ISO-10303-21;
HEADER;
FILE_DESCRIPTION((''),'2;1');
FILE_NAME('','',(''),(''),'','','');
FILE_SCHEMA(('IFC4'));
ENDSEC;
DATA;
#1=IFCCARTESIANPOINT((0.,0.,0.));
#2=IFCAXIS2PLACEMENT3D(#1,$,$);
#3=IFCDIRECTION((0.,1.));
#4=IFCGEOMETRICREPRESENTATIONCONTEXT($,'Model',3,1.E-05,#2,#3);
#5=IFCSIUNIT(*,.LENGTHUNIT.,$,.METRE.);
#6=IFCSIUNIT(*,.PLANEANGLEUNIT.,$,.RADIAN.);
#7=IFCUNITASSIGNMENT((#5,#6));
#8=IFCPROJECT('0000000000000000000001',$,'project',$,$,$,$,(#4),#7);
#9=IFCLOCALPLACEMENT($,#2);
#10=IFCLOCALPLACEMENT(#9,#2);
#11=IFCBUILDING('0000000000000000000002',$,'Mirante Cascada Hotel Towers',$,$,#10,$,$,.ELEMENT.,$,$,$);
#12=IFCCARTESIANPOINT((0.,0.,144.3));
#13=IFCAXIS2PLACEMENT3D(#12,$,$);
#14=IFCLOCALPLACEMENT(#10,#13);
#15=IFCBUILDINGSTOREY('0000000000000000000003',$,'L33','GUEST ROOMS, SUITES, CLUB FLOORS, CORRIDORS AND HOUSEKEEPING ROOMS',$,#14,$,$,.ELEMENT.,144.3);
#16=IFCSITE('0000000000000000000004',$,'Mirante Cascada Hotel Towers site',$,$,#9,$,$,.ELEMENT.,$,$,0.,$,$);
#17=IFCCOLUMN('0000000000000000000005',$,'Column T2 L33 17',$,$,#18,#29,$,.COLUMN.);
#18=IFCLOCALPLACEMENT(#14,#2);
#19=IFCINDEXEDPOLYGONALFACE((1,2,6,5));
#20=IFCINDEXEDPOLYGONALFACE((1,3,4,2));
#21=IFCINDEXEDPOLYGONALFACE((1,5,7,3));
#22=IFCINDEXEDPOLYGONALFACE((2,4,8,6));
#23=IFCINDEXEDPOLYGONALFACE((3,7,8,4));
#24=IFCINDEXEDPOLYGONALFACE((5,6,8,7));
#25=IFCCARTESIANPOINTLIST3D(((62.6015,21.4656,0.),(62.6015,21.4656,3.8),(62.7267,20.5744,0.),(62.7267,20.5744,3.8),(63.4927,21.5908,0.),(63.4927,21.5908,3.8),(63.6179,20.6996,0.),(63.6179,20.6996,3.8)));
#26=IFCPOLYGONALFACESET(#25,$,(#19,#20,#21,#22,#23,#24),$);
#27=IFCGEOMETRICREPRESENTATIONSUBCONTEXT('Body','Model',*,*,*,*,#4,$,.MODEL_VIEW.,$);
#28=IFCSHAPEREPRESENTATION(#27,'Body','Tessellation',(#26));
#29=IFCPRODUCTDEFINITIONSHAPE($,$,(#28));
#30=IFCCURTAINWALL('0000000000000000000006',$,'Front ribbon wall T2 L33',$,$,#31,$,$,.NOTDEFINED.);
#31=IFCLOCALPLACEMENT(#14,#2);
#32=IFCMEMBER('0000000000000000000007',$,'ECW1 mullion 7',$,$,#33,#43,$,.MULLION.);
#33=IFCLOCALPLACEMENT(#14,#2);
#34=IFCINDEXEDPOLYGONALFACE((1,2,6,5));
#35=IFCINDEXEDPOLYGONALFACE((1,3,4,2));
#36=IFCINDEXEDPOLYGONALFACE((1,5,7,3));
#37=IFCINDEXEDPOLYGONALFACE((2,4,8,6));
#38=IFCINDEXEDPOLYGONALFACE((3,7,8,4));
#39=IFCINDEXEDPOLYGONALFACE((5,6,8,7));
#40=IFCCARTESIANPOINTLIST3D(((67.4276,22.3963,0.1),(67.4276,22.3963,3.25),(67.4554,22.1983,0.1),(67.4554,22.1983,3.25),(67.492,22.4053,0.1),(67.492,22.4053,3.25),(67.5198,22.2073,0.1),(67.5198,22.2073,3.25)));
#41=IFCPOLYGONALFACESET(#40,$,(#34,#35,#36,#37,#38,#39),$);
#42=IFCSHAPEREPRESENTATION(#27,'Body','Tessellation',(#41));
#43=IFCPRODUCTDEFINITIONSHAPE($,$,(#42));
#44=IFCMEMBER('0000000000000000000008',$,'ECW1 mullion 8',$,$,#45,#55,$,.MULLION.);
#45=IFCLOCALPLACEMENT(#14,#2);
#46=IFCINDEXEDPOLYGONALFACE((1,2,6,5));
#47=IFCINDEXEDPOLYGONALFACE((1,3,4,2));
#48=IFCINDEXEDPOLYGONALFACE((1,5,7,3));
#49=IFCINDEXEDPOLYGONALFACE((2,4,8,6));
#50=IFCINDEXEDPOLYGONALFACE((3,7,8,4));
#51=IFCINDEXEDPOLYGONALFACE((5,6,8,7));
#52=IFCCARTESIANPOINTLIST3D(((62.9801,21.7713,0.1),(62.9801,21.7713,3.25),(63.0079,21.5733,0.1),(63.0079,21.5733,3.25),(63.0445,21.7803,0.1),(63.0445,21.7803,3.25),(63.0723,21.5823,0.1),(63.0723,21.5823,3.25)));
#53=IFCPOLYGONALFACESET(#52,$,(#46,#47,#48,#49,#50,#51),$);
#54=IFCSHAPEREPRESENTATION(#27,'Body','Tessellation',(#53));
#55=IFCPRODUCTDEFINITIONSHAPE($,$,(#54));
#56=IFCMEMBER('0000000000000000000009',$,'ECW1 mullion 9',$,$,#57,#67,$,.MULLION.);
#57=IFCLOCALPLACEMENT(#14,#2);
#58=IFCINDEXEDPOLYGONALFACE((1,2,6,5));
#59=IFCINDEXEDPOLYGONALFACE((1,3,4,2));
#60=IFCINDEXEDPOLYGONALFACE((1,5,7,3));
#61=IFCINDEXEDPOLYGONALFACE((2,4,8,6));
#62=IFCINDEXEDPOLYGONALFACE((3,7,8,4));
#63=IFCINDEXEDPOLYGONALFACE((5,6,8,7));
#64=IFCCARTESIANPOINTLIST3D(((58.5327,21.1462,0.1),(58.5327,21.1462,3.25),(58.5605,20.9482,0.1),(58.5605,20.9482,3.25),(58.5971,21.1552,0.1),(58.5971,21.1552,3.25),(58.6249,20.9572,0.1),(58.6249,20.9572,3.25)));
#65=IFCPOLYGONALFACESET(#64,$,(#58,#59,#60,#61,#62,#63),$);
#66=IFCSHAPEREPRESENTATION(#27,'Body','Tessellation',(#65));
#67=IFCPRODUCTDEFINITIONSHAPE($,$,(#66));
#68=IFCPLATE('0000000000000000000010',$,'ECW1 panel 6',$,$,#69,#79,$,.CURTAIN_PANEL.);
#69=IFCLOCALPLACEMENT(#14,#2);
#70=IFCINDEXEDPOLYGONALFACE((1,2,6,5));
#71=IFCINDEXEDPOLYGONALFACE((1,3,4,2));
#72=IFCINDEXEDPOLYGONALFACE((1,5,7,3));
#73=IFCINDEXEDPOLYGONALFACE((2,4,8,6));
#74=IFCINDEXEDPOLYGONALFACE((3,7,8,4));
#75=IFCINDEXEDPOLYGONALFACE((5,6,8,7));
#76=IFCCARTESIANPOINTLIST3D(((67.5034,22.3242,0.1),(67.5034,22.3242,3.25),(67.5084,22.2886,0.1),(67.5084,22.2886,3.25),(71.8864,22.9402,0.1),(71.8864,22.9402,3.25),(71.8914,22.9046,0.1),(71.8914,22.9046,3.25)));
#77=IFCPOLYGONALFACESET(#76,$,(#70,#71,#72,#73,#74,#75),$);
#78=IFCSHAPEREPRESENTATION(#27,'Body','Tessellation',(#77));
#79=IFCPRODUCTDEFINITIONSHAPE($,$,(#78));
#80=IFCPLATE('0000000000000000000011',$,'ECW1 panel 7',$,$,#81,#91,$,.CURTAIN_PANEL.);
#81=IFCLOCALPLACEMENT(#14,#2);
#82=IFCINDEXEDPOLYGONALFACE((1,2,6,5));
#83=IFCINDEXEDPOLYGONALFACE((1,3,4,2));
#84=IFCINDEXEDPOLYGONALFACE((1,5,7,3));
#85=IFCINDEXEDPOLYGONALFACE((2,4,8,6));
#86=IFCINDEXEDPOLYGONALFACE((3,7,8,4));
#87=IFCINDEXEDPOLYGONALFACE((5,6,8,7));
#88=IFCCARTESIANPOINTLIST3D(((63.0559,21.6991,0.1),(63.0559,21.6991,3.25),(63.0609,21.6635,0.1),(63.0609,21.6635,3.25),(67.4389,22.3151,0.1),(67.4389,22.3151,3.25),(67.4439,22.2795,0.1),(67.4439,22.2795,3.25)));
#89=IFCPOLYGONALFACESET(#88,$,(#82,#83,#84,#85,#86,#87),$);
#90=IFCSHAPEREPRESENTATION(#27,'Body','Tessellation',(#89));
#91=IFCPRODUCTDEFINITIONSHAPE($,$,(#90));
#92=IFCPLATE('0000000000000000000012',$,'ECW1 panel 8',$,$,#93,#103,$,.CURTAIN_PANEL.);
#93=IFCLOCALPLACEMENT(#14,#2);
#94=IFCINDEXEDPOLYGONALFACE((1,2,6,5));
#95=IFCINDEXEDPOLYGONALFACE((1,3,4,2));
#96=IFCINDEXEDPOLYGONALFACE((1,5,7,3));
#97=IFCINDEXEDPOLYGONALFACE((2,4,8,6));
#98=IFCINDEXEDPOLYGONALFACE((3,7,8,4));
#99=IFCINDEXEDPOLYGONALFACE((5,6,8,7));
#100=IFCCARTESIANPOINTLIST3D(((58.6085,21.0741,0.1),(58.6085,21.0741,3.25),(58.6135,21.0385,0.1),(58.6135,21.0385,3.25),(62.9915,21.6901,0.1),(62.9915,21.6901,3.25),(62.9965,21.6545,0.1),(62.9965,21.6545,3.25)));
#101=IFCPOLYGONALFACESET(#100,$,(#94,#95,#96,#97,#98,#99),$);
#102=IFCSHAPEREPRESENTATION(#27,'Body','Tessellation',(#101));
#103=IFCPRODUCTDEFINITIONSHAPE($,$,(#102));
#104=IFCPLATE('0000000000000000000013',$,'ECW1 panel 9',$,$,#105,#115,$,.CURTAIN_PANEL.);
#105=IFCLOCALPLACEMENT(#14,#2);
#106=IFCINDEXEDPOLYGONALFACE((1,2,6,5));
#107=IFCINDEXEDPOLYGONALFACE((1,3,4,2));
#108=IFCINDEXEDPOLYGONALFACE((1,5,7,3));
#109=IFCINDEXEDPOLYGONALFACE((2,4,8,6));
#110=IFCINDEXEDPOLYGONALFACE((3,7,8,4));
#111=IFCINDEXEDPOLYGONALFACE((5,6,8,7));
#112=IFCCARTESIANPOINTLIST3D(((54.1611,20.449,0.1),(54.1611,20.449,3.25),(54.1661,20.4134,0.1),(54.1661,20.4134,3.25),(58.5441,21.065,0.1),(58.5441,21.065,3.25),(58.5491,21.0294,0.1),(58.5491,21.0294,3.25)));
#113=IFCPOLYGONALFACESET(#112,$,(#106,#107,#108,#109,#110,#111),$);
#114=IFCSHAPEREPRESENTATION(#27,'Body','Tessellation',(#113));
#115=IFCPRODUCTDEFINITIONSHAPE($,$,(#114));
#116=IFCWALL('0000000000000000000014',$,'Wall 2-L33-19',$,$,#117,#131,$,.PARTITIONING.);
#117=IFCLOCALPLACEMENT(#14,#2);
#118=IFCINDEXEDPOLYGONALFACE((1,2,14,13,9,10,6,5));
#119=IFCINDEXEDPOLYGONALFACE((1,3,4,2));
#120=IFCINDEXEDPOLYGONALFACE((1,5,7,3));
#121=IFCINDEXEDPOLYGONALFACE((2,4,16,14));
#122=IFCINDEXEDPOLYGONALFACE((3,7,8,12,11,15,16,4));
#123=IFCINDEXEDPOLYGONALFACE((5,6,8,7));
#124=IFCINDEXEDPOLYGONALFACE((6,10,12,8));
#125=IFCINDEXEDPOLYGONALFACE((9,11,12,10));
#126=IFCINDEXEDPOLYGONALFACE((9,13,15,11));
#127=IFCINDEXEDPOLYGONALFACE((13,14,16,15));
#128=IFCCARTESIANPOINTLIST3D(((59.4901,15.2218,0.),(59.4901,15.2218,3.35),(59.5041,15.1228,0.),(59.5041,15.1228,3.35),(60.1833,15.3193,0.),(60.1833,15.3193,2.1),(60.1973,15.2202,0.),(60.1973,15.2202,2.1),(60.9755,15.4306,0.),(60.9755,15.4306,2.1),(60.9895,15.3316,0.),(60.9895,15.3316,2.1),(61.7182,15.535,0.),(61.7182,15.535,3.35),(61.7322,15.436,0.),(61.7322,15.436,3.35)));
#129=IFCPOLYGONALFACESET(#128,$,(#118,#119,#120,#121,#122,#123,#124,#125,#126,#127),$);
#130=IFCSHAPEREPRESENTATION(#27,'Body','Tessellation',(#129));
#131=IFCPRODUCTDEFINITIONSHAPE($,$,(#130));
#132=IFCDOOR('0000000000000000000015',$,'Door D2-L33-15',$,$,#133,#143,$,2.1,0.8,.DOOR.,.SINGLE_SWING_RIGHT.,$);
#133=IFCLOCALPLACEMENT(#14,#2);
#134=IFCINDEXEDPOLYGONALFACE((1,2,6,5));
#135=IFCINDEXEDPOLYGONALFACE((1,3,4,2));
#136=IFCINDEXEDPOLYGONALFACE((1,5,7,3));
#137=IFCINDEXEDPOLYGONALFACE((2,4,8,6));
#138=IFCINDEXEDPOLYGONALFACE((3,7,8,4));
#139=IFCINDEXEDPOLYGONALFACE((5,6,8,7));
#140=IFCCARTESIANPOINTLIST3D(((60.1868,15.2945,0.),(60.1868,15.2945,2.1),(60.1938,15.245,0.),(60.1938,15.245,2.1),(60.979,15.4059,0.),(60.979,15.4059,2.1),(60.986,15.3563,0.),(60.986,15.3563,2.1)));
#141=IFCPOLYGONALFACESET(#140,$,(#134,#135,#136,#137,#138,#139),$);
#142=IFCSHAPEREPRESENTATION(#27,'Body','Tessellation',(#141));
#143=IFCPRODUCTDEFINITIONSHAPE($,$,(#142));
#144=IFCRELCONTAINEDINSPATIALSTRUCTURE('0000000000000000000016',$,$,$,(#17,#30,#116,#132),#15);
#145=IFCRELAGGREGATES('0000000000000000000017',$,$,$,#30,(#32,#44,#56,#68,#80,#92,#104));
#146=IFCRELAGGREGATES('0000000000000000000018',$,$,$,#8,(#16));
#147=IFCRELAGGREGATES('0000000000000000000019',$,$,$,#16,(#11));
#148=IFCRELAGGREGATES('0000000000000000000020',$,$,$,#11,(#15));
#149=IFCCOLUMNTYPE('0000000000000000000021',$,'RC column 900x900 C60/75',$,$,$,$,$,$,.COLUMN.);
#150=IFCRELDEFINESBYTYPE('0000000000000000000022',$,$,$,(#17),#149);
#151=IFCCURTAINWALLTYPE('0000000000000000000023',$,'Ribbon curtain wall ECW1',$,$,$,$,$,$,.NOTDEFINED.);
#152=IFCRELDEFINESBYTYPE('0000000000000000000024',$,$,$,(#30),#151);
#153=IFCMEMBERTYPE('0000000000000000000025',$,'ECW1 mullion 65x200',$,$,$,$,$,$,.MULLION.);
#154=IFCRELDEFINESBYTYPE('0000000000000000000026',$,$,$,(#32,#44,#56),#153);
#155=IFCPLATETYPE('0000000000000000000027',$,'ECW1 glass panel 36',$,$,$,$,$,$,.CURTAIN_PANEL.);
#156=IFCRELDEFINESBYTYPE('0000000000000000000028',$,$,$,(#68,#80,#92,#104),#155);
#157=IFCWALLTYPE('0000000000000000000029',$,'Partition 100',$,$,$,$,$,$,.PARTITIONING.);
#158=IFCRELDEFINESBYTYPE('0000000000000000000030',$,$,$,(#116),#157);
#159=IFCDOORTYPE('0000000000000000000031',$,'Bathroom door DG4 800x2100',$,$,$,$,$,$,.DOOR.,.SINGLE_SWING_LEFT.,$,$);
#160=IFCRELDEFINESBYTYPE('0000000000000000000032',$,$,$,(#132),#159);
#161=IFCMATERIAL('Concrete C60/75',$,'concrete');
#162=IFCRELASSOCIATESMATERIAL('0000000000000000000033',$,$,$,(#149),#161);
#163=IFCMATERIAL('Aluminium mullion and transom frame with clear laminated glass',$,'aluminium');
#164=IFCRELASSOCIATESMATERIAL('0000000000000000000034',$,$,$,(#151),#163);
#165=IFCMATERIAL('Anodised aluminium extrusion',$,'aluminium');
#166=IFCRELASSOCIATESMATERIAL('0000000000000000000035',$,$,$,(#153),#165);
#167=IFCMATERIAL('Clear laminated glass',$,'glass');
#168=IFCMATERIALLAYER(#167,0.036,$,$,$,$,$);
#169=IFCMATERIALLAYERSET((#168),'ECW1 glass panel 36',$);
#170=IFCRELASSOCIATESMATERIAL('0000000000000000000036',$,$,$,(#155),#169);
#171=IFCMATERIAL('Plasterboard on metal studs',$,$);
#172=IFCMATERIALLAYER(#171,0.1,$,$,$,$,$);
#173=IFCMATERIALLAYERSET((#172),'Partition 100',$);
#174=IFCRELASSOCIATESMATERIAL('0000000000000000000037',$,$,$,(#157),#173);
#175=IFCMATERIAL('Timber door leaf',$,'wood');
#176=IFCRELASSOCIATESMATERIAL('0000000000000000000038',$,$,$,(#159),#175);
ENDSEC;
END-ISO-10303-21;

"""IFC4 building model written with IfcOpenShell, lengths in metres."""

from ifc_helpers import new_model, si_unit, direction, frame, frame_2d, origin, origin_2d, place, context, subcontext, project, spatial, rectangle, extrude, material, layer, layer_set, material_profile, profile_set, type_object, element, fill, aggregate, save


model = new_model("IFC4")

# Units and contexts
model_context = context("Model", 3, precision=1e-05, world=origin(), true_north=direction((0.0, 1.0)))
body_context = subcontext(model_context, "Body", "Model", "MODEL_VIEW")
ifc_project = project(units=[si_unit("LENGTHUNIT", "METRE"), si_unit("PLANEANGLEUNIT", "RADIAN")], contexts=[model_context])

# Site, building, storey
site_placement = place(None, origin())
site = spatial("IfcSite", under=ifc_project, at=site_placement, Name="Mirante Cascada Hotel Towers site", CompositionType="ELEMENT", RefElevation=0.0)
building_placement = place(site_placement, origin())
building = spatial("IfcBuilding", under=site, at=building_placement, Name="Mirante Cascada Hotel Towers", CompositionType="ELEMENT")
storey_placement = place(building_placement, frame((0.0, 0.0, 144.3)))
storey = spatial("IfcBuildingStorey", under=building, at=storey_placement, Name="L33", Description="GUEST ROOMS, SUITES, CLUB FLOORS, CORRIDORS AND HOUSEKEEPING ROOMS", CompositionType="ELEMENT", Elevation=144.3)

# Column
ifc_material_1 = material(Name="Concrete C60/75", Category="concrete")
ifc_material_profile_1 = material_profile(ifc_material_1, rectangle(XDim=0.9, YDim=0.9, at=origin_2d()), Name="RC column 900x900 C60/75")
ifc_profile_set_1 = profile_set([ifc_material_profile_1], Name="Concrete C60/75")
column_type = type_object("IfcColumnType", Name="RC column 900x900 C60/75", PredefinedType="COLUMN", material=ifc_profile_set_1)
column_placement = place(storey_placement, frame((63.1097, 21.0826, 0.0), z_axis=(0.0, 0.0, 1.0), x_axis=(0.990268, 0.139173, 0.0)))
element("IfcColumn", 1, at=column_placement, inside=storey, type_object=column_type, Name="Column T2 L33 17", PredefinedType="COLUMN", context=body_context, shape_type="SweptSolid", body=[
    extrude(rectangle(XDim=0.9, YDim=0.9, at=origin_2d()), origin(), (0.0, 0.0, 1.0), 3.8),
])

# Curtain wall, members, plates
ifc_material_2 = material(Name="Aluminium mullion and transom frame with clear laminated glass", Category="aluminium")
curtain_wall_type = type_object("IfcCurtainWallType", Name="Ribbon curtain wall ECW1", PredefinedType="NOTDEFINED", material=ifc_material_2)
curtain_wall_placement = place(storey_placement, origin())
curtain_wall = element("IfcCurtainWall", 2, at=curtain_wall_placement, inside=storey, type_object=curtain_wall_type, Name="Front ribbon wall T2 L33", PredefinedType="NOTDEFINED")
ifc_material_3 = material(Name="Anodised aluminium extrusion", Category="aluminium")
ifc_material_profile_2 = material_profile(ifc_material_3, rectangle(XDim=0.2, YDim=0.065, at=origin_2d()), Name="ECW1 MULLION 65x200")
ifc_profile_set_2 = profile_set([ifc_material_profile_2], Name="Anodised aluminium extrusion")
member_type = type_object("IfcMemberType", Name="ECW1 mullion 65x200", PredefinedType="MULLION", material=ifc_profile_set_2)
member_1_placement = place(storey_placement, frame((67.4737, 22.3018, 0.1), z_axis=(0.0, 0.0, 1.0), x_axis=(0.139173, -0.990268, 0.0)))
member_1 = element("IfcMember", 3, at=member_1_placement, type_object=member_type, Name="ECW1 mullion 7", PredefinedType="MULLION", context=body_context, shape_type="SweptSolid", body=[
    extrude(rectangle(XDim=0.2, YDim=0.065, at=origin_2d()), origin(), (0.0, 0.0, 1.0), 3.15),
])
member_2_placement = place(storey_placement, frame((63.0262, 21.6768, 0.1), z_axis=(0.0, 0.0, 1.0), x_axis=(0.139173, -0.990268, 0.0)))
member_2 = element("IfcMember", 4, at=member_2_placement, type_object=member_type, Name="ECW1 mullion 8", PredefinedType="MULLION", context=body_context, shape_type="SweptSolid", body=[
    extrude(rectangle(XDim=0.2, YDim=0.065, at=origin_2d()), origin(), (0.0, 0.0, 1.0), 3.15),
])
member_3_placement = place(storey_placement, frame((58.5788, 21.0517, 0.1), z_axis=(0.0, 0.0, 1.0), x_axis=(0.139173, -0.990268, 0.0)))
member_3 = element("IfcMember", 5, at=member_3_placement, type_object=member_type, Name="ECW1 mullion 9", PredefinedType="MULLION", context=body_context, shape_type="SweptSolid", body=[
    extrude(rectangle(XDim=0.2, YDim=0.065, at=origin_2d()), origin(), (0.0, 0.0, 1.0), 3.15),
])
ifc_material_4 = material(Name="Clear laminated glass", Category="glass")
ifc_layer_1 = layer(ifc_material_4, 0.036)
ifc_layer_set_1 = layer_set([ifc_layer_1], Name="ECW1 glass panel 36")
plate_type = type_object("IfcPlateType", Name="ECW1 glass panel 36", PredefinedType="CURTAIN_PANEL", material=ifc_layer_set_1)
plate_1_placement = place(storey_placement, frame((69.6974, 22.6144, 0.1), z_axis=(0.0, 0.0, 1.0), x_axis=(-0.990268, -0.139173, 0.0)))
plate_1 = element("IfcPlate", 6, at=plate_1_placement, type_object=plate_type, Name="ECW1 panel 6", PredefinedType="CURTAIN_PANEL", context=body_context, shape_type="SweptSolid", body=[
    extrude(rectangle(XDim=4.4261, YDim=0.036, at=origin_2d()), origin(), (0.0, 0.0, 1.0), 3.15),
])
plate_2_placement = place(storey_placement, frame((65.2499, 21.9893, 0.1), z_axis=(0.0, 0.0, 1.0), x_axis=(-0.990268, -0.139173, 0.0)))
plate_2 = element("IfcPlate", 7, at=plate_2_placement, type_object=plate_type, Name="ECW1 panel 7", PredefinedType="CURTAIN_PANEL", context=body_context, shape_type="SweptSolid", body=[
    extrude(rectangle(XDim=4.4261, YDim=0.036, at=origin_2d()), origin(), (0.0, 0.0, 1.0), 3.15),
])
plate_3_placement = place(storey_placement, frame((60.8025, 21.3643, 0.1), z_axis=(0.0, 0.0, 1.0), x_axis=(-0.990268, -0.139173, 0.0)))
plate_3 = element("IfcPlate", 8, at=plate_3_placement, type_object=plate_type, Name="ECW1 panel 8", PredefinedType="CURTAIN_PANEL", context=body_context, shape_type="SweptSolid", body=[
    extrude(rectangle(XDim=4.4261, YDim=0.036, at=origin_2d()), origin(), (0.0, 0.0, 1.0), 3.15),
])
plate_4_placement = place(storey_placement, frame((56.3551, 20.7392, 0.1), z_axis=(0.0, 0.0, 1.0), x_axis=(-0.990268, -0.139173, 0.0)))
plate_4 = element("IfcPlate", 9, at=plate_4_placement, type_object=plate_type, Name="ECW1 panel 9", PredefinedType="CURTAIN_PANEL", context=body_context, shape_type="SweptSolid", body=[
    extrude(rectangle(XDim=4.4261, YDim=0.036, at=origin_2d()), origin(), (0.0, 0.0, 1.0), 3.15),
])
aggregate(curtain_wall, [member_1, member_2, member_3, plate_1, plate_2, plate_3, plate_4])

# Wall, opening, door
ifc_material_5 = material(Name="Plasterboard on metal studs")
ifc_layer_2 = layer(ifc_material_5, 0.1)
ifc_layer_set_2 = layer_set([ifc_layer_2], Name="Partition 100")
wall_type = type_object("IfcWallType", Name="Partition 100", PredefinedType="PARTITIONING", material=ifc_layer_set_2)
wall_1_placement = place(storey_placement, frame((61.7252, 15.4855, 0.0), z_axis=(0.0, 0.0, 1.0), x_axis=(-0.990264, -0.1392, 0.0)))
wall_1 = element("IfcWall", 10, at=wall_1_placement, inside=storey, type_object=wall_type, Name="Wall 2-L33-19", PredefinedType="PARTITIONING", context=body_context, shape_type="SweptSolid", body=[
    extrude(rectangle(XDim=2.25, YDim=0.1, at=frame_2d((1.125, 0.0))), origin(), (0.0, 0.0, 1.0), 3.35),
])
opening_1_placement = place(wall_1_placement, frame((0.75, 0.0, 0.0)))
opening_1 = element("IfcOpeningElement", 11, at=opening_1_placement, cuts=wall_1, PredefinedType="OPENING", context=body_context, shape_type="SweptSolid", body=[
    extrude(rectangle(XDim=0.8, YDim=2.1, at=frame_2d((0.4, 1.05))), frame((0.0, 0.05, 0.0), z_axis=(0.0, -1.0, 0.0), x_axis=(1.0, 0.0, 0.0)), (0.0, 0.0, 1.0), 0.1),
])
ifc_material_6 = material(Name="Timber door leaf", Category="wood")
door_type = type_object("IfcDoorType", Name="Bathroom door DG4 800x2100", OperationType="SINGLE_SWING_LEFT", PredefinedType="DOOR", material=ifc_material_6)
door_1_placement = place(opening_1_placement, frame((0.8, 0.0, 0.0), z_axis=(0.0, 0.0, 1.0), x_axis=(-1.0, 0.0, 0.0)))
door_1 = element("IfcDoor", 12, at=door_1_placement, inside=storey, type_object=door_type, Name="Door D2-L33-15", OperationType="SINGLE_SWING_RIGHT", OverallHeight=2.1, OverallWidth=0.8, PredefinedType="DOOR", context=body_context, shape_type="SweptSolid", body=[
    extrude(rectangle(XDim=0.8, YDim=2.1, at=frame_2d((0.4, 1.05))), frame((0.0, 0.025, 0.0), z_axis=(0.0, -1.0, 0.0), x_axis=(1.0, 0.0, 0.0)), (0.0, 0.0, 1.0), 0.05),
])
fill(opening_1, door_1)

save(model, "model.ifc")
